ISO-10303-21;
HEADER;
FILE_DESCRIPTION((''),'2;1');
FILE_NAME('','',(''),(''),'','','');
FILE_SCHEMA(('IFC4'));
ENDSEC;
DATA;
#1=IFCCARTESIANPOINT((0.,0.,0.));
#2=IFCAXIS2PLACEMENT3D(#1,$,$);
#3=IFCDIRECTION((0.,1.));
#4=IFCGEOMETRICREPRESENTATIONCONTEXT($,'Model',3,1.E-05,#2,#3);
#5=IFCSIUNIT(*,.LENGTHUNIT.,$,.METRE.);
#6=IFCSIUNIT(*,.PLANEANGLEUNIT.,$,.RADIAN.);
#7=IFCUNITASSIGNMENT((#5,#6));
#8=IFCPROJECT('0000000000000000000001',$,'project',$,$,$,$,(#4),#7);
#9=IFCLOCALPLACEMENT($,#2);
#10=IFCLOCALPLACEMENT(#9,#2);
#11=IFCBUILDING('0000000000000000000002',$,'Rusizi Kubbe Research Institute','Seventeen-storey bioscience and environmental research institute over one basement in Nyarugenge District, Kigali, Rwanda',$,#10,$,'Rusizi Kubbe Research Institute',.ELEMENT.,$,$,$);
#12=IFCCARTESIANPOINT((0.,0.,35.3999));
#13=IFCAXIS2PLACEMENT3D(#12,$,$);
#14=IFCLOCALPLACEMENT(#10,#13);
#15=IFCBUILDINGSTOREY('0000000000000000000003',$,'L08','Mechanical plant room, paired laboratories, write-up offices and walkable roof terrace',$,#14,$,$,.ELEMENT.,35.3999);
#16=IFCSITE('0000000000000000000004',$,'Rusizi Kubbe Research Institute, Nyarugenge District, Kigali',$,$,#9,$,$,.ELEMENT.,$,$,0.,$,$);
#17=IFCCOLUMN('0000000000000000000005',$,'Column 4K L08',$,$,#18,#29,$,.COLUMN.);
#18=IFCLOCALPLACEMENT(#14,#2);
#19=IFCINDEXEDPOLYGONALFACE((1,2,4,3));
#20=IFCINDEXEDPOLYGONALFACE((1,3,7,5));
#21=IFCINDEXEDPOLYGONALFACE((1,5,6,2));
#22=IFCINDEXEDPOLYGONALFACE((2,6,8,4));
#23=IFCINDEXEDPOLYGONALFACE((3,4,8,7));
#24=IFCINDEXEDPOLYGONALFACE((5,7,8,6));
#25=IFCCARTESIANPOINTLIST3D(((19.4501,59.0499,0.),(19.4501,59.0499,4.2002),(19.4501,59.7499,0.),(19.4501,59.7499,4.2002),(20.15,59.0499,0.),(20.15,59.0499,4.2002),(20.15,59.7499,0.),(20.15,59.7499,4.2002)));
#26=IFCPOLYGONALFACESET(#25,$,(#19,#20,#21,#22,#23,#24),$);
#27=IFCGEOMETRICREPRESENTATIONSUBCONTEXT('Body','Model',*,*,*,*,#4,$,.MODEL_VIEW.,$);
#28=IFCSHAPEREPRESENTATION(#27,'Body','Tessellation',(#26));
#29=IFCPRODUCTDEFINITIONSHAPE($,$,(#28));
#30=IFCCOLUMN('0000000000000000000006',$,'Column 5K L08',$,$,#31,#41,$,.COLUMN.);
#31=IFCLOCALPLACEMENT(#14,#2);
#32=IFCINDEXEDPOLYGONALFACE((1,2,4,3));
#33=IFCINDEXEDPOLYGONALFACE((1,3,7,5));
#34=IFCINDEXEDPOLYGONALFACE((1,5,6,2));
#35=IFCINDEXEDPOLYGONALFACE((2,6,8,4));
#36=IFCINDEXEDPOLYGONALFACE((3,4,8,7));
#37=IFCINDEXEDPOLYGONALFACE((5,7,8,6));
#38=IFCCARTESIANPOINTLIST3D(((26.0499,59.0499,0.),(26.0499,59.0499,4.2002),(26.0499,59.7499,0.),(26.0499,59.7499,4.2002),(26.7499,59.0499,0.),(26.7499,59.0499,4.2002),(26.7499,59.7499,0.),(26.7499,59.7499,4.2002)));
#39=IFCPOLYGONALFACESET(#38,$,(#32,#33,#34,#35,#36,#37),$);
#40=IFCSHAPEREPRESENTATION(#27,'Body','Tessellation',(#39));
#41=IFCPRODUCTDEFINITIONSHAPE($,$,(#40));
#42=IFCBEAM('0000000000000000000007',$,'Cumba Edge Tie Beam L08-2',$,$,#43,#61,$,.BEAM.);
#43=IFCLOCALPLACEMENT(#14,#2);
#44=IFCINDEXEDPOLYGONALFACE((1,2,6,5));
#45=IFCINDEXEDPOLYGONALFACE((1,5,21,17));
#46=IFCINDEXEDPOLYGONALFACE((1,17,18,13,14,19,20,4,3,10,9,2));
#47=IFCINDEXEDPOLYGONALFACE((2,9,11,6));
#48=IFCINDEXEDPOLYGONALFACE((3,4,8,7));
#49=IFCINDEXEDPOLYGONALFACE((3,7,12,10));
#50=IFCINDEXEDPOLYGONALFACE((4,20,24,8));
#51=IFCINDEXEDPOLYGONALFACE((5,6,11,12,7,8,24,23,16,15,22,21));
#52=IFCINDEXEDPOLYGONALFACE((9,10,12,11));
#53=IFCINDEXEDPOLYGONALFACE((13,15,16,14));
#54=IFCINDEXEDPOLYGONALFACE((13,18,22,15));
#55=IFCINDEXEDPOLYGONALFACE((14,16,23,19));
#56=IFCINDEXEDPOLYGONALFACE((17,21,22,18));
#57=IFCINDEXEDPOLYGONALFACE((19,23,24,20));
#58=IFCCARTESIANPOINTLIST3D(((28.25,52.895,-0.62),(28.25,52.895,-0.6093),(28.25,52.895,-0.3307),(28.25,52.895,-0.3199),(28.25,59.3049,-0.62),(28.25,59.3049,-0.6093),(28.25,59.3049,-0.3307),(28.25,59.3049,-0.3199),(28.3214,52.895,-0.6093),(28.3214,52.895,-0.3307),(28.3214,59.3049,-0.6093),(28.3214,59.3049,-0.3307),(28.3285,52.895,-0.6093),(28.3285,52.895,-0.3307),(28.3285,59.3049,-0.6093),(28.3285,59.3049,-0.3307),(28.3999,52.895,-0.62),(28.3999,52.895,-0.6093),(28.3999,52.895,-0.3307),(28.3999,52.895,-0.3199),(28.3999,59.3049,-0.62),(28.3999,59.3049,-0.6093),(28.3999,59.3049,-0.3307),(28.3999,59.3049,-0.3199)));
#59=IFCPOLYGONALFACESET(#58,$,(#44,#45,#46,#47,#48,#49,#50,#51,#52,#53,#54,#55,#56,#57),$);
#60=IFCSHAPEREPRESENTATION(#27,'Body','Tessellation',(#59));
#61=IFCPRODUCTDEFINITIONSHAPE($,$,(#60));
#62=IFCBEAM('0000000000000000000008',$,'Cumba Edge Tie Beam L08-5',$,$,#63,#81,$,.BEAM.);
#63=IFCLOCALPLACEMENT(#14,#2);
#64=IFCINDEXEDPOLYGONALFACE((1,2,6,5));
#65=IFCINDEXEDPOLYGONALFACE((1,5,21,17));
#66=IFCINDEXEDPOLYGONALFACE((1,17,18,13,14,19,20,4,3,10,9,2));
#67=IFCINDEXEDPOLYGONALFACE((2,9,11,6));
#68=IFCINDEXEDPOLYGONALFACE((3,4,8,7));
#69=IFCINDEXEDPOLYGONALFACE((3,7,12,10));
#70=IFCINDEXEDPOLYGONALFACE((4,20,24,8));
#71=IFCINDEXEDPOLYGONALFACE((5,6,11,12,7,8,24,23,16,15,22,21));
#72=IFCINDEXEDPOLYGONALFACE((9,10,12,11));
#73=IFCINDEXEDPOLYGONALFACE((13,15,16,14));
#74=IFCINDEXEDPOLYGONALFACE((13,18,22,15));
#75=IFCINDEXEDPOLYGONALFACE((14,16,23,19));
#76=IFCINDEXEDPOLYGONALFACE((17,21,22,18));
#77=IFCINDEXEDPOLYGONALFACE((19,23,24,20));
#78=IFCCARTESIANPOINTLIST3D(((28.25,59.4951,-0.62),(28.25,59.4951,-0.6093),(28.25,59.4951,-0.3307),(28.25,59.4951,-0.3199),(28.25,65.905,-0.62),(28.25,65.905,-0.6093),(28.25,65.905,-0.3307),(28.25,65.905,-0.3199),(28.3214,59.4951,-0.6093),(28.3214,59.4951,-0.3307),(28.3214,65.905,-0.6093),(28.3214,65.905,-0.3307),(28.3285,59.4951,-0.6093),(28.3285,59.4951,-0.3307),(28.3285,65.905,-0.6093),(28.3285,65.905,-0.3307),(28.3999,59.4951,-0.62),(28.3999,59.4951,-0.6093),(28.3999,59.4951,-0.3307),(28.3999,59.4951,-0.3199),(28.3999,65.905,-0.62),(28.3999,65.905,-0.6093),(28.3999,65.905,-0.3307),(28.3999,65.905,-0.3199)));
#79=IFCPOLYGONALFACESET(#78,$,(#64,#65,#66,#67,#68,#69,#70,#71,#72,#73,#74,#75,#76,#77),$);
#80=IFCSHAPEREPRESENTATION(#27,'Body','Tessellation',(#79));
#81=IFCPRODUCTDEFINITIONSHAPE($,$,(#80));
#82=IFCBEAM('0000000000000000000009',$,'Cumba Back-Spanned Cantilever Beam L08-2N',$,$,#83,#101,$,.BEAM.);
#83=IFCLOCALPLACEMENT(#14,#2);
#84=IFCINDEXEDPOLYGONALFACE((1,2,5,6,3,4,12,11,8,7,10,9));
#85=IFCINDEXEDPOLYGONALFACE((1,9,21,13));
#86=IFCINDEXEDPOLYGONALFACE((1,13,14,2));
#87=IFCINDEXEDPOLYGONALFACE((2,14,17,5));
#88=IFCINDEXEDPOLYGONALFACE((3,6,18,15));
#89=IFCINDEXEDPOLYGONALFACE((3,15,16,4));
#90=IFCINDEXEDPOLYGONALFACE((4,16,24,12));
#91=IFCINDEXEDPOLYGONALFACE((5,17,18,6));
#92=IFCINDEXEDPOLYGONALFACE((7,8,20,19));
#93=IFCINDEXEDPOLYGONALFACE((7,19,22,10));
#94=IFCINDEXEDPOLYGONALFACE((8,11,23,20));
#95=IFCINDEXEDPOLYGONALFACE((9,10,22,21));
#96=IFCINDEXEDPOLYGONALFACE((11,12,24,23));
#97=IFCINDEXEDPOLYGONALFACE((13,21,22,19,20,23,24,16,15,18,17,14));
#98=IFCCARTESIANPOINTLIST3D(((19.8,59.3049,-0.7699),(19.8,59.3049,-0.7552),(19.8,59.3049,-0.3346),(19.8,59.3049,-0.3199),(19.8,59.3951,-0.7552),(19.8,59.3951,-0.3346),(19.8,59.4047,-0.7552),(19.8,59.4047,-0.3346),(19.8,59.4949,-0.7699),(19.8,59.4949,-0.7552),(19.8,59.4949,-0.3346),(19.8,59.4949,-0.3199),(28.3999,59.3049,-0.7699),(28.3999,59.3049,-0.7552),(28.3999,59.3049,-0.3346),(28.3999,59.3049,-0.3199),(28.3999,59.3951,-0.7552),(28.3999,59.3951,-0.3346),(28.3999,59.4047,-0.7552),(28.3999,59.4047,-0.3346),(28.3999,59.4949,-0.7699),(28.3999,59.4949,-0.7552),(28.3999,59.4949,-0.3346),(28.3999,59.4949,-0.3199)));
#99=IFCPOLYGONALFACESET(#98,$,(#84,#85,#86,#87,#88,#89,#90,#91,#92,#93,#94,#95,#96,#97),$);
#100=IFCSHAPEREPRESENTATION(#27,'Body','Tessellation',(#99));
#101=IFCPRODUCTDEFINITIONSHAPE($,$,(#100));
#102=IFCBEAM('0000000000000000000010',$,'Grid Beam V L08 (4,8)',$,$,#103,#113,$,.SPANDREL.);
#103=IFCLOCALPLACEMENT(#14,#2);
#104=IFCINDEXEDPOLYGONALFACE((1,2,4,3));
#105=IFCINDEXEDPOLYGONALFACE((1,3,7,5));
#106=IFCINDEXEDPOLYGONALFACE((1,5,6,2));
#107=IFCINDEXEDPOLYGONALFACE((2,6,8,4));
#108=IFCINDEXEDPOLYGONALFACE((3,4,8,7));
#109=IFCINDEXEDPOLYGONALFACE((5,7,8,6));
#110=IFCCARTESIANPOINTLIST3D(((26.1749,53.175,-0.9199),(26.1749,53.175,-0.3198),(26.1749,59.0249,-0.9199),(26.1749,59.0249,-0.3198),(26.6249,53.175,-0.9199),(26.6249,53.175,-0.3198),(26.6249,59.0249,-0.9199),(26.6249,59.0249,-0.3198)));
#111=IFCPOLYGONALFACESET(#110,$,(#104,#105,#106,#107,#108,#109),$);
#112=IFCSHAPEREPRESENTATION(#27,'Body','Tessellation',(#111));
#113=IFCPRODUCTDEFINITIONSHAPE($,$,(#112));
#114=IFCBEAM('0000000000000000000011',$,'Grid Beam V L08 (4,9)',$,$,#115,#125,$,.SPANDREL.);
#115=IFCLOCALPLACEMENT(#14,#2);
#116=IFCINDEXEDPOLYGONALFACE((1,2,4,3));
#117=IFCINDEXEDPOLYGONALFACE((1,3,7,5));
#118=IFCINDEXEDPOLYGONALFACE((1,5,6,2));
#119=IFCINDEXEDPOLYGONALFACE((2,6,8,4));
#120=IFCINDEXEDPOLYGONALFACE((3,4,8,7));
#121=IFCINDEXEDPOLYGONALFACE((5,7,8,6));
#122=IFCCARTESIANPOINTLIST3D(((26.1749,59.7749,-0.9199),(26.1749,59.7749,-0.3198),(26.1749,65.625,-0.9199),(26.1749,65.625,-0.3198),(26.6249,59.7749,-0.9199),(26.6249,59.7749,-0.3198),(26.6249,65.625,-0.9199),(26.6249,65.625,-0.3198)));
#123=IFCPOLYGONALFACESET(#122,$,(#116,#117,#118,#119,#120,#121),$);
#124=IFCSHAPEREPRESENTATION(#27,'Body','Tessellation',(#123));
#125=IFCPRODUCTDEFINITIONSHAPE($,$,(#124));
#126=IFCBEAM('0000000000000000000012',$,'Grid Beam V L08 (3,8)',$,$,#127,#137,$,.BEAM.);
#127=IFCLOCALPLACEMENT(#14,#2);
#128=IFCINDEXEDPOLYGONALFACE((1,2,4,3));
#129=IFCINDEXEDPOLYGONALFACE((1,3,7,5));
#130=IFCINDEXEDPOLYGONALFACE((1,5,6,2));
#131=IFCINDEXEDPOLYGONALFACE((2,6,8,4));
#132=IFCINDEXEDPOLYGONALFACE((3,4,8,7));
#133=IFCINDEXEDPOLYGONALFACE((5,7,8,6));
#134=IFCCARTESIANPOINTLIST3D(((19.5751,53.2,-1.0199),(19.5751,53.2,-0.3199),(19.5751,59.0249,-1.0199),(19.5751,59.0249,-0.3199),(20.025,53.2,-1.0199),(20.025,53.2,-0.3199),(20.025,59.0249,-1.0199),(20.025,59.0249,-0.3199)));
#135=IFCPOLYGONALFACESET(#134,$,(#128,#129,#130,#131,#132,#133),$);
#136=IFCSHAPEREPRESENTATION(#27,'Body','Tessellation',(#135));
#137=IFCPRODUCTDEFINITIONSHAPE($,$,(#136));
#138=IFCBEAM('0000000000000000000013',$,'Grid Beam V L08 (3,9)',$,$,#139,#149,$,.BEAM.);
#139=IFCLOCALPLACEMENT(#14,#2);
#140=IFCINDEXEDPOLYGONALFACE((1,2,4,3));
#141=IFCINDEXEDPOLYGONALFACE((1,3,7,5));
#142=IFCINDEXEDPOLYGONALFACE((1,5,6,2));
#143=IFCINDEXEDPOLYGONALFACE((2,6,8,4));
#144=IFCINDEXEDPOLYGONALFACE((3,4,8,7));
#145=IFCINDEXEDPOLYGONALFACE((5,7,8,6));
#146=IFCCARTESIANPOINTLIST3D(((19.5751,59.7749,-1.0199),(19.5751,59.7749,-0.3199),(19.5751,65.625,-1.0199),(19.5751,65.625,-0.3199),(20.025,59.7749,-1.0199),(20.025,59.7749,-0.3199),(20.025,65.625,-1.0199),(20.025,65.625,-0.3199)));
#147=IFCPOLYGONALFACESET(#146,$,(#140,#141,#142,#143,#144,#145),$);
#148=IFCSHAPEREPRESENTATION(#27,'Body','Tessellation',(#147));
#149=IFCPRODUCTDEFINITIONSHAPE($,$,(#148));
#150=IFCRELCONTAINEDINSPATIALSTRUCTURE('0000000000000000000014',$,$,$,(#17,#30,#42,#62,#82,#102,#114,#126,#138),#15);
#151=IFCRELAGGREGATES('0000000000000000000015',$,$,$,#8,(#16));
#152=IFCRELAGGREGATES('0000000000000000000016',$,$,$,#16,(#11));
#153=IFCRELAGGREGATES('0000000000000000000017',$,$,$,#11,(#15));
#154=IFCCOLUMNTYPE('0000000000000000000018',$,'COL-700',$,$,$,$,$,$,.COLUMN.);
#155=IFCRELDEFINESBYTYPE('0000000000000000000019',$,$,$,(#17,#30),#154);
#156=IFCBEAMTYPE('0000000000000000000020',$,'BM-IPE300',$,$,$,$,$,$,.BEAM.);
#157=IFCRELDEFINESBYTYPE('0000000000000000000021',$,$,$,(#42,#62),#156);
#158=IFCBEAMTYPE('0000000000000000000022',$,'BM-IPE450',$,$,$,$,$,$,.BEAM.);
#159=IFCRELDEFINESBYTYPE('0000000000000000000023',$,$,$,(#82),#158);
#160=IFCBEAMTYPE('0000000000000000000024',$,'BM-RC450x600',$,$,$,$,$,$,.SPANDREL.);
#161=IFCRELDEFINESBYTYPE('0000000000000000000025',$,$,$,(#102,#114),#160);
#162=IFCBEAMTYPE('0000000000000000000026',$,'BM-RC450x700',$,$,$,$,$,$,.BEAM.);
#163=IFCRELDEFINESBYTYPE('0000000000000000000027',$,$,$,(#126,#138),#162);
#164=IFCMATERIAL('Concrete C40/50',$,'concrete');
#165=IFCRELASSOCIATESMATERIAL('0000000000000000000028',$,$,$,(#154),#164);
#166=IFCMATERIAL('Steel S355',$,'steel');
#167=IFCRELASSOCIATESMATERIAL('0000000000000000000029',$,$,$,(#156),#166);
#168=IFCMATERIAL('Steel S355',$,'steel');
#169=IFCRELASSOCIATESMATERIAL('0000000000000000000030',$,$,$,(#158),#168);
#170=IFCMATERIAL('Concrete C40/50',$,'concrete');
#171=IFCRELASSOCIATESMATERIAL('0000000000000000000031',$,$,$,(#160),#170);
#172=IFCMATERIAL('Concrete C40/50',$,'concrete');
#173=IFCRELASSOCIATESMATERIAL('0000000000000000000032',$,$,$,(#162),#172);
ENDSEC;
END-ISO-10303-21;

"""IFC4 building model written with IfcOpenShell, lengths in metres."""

from ifc_helpers import new_model, si_unit, direction, frame, origin, origin_2d, place, context, subcontext, project, spatial, rectangle, i_section, extrude, material, material_profile, profile_set, type_object, element, save


model = new_model("IFC4")

# Units and contexts
model_context = context("Model", 3, precision=1e-05, world=origin(), true_north=direction((0.0, 1.0)))
body_context = subcontext(model_context, "Body", "Model", "MODEL_VIEW")
ifc_project = project(units=[si_unit("LENGTHUNIT", "METRE"), si_unit("PLANEANGLEUNIT", "RADIAN")], contexts=[model_context])

# Site, building, storey
site_placement = place(None, origin())
site = spatial("IfcSite", under=ifc_project, at=site_placement, Name="Rusizi Kubbe Research Institute, Nyarugenge District, Kigali", CompositionType="ELEMENT", RefElevation=0.0)
building_placement = place(site_placement, origin())
building = spatial("IfcBuilding", under=site, at=building_placement, Name="Rusizi Kubbe Research Institute", Description="Seventeen-storey bioscience and environmental research institute over one basement in Nyarugenge District, Kigali, Rwanda", LongName="Rusizi Kubbe Research Institute", CompositionType="ELEMENT")
storey_placement = place(building_placement, frame((0.0, 0.0, 35.3999)))
storey = spatial("IfcBuildingStorey", under=building, at=storey_placement, Name="L08", Description="Mechanical plant room, paired laboratories, write-up offices and walkable roof terrace", CompositionType="ELEMENT", Elevation=35.3999)

# Columns
ifc_material_1 = material(Name="Concrete C40/50", Category="concrete")
ifc_material_profile_1 = material_profile(ifc_material_1, rectangle(XDim=0.7, YDim=0.7, at=origin_2d()), Name="RC700x700")
ifc_profile_set_1 = profile_set([ifc_material_profile_1], Name="Concrete C40/50")
column_type = type_object("IfcColumnType", Name="COL-700", PredefinedType="COLUMN", material=ifc_profile_set_1)
for number, where, z_axis, x_axis, name in (
    (1, (19.8, 59.3999, 0.0), (0.0, 0.0, 1.0), (1.0, 0.0, 0.0), "Column 4K L08"),
    (2, (26.3999, 59.3999, 0.0), (0.0, 0.0, 1.0), (1.0, 0.0, 0.0), "Column 5K L08"),
):
    element("IfcColumn", number, at=place(storey_placement, frame(where, z_axis=z_axis, x_axis=x_axis)), inside=storey, type_object=column_type, Name=name, PredefinedType="COLUMN", context=body_context, shape_type="SweptSolid", body=[
        extrude(rectangle(XDim=0.7, YDim=0.7, at=origin_2d()), origin(), (0.0, 0.0, 1.0), 4.2002),
    ])

# Beams
ifc_material_2 = material(Name="Steel S355", Category="steel")
ifc_material_profile_2 = material_profile(ifc_material_2, i_section(OverallWidth=0.1499, OverallDepth=0.3, WebThickness=0.0071, FlangeThickness=0.0107, at=origin_2d()), Name="IPE 300")
ifc_profile_set_2 = profile_set([ifc_material_profile_2], Name="Steel S355")
beam_type_1 = type_object("IfcBeamType", Name="BM-IPE300", PredefinedType="BEAM", material=ifc_profile_set_2)
for number, where, z_axis, x_axis, name in (
    (3, (28.325, 52.895, -0.47), (0.0, 1.0, 0.0), (-1.0, 0.0, 0.0), "Cumba Edge Tie Beam L08-2"),
    (4, (28.325, 59.4951, -0.47), (0.0, 1.0, 0.0), (-1.0, 0.0, 0.0), "Cumba Edge Tie Beam L08-5"),
):
    element("IfcBeam", number, at=place(storey_placement, frame(where, z_axis=z_axis, x_axis=x_axis)), inside=storey, type_object=beam_type_1, Name=name, PredefinedType="BEAM", context=body_context, shape_type="SweptSolid", body=[
        extrude(i_section(OverallWidth=0.1499, OverallDepth=0.3, WebThickness=0.0071, FlangeThickness=0.0107, at=origin_2d()), origin(), (0.0, 0.0, 1.0), 6.4099),
    ])
ifc_material_3 = material(Name="Steel S355", Category="steel")
ifc_material_profile_3 = material_profile(ifc_material_3, i_section(OverallWidth=0.1899, OverallDepth=0.45, WebThickness=0.0095, FlangeThickness=0.0146, at=origin_2d()), Name="IPE 450")
ifc_profile_set_3 = profile_set([ifc_material_profile_3], Name="Steel S355")
beam_type_2 = type_object("IfcBeamType", Name="BM-IPE450", PredefinedType="BEAM", material=ifc_profile_set_3)
beam_1_placement = place(storey_placement, frame((19.8, 59.3999, -0.5449), z_axis=(1.0, 0.0, 0.0), x_axis=(0.0, 1.0, 0.0)))
element("IfcBeam", 5, at=beam_1_placement, inside=storey, type_object=beam_type_2, Name="Cumba Back-Spanned Cantilever Beam L08-2N", PredefinedType="BEAM", context=body_context, shape_type="SweptSolid", body=[
    extrude(i_section(OverallWidth=0.1899, OverallDepth=0.45, WebThickness=0.0095, FlangeThickness=0.0146, at=origin_2d()), origin(), (0.0, 0.0, 1.0), 8.5999),
])
ifc_material_4 = material(Name="Concrete C40/50", Category="concrete")
ifc_material_profile_4 = material_profile(ifc_material_4, rectangle(XDim=0.45, YDim=0.6001, at=origin_2d()), Name="RC450x600")
ifc_profile_set_4 = profile_set([ifc_material_profile_4], Name="Concrete C40/50")
beam_type_3 = type_object("IfcBeamType", Name="BM-RC450x600", PredefinedType="SPANDREL", material=ifc_profile_set_4)
beam_2_placement = place(storey_placement, frame((26.3999, 53.175, -0.6199), z_axis=(0.0, 1.0, 0.0), x_axis=(-1.0, 0.0, 0.0)))
element("IfcBeam", 6, at=beam_2_placement, inside=storey, type_object=beam_type_3, Name="Grid Beam V L08 (4,8)", PredefinedType="SPANDREL", context=body_context, shape_type="SweptSolid", body=[
    extrude(rectangle(XDim=0.45, YDim=0.6001, at=origin_2d()), origin(), (0.0, 0.0, 1.0), 5.8499),
])
beam_3_placement = place(storey_placement, frame((26.3999, 59.7749, -0.6199), z_axis=(0.0, 1.0, 0.0), x_axis=(-1.0, 0.0, 0.0)))
element("IfcBeam", 7, at=beam_3_placement, inside=storey, type_object=beam_type_3, Name="Grid Beam V L08 (4,9)", PredefinedType="SPANDREL", context=body_context, shape_type="SweptSolid", body=[
    extrude(rectangle(XDim=0.45, YDim=0.6001, at=origin_2d()), origin(), (0.0, 0.0, 1.0), 5.8501),
])
ifc_material_5 = material(Name="Concrete C40/50", Category="concrete")
ifc_material_profile_5 = material_profile(ifc_material_5, rectangle(XDim=0.45, YDim=0.7, at=origin_2d()), Name="RC450x700B")
ifc_profile_set_5 = profile_set([ifc_material_profile_5], Name="Concrete C40/50")
beam_type_4 = type_object("IfcBeamType", Name="BM-RC450x700", PredefinedType="BEAM", material=ifc_profile_set_5)
beam_4_placement = place(storey_placement, frame((19.8, 53.2, -0.6699), z_axis=(0.0, 1.0, 0.0), x_axis=(-1.0, 0.0, 0.0)))
element("IfcBeam", 8, at=beam_4_placement, inside=storey, type_object=beam_type_4, Name="Grid Beam V L08 (3,8)", PredefinedType="BEAM", context=body_context, shape_type="SweptSolid", body=[
    extrude(rectangle(XDim=0.45, YDim=0.7, at=origin_2d()), origin(), (0.0, 0.0, 1.0), 5.825),
])
beam_5_placement = place(storey_placement, frame((19.8, 59.7749, -0.6699), z_axis=(0.0, 1.0, 0.0), x_axis=(-1.0, 0.0, 0.0)))
element("IfcBeam", 9, at=beam_5_placement, inside=storey, type_object=beam_type_4, Name="Grid Beam V L08 (3,9)", PredefinedType="BEAM", context=body_context, shape_type="SweptSolid", body=[
    extrude(rectangle(XDim=0.45, YDim=0.7, at=origin_2d()), origin(), (0.0, 0.0, 1.0), 5.8501),
])

save(model, "model.ifc")
